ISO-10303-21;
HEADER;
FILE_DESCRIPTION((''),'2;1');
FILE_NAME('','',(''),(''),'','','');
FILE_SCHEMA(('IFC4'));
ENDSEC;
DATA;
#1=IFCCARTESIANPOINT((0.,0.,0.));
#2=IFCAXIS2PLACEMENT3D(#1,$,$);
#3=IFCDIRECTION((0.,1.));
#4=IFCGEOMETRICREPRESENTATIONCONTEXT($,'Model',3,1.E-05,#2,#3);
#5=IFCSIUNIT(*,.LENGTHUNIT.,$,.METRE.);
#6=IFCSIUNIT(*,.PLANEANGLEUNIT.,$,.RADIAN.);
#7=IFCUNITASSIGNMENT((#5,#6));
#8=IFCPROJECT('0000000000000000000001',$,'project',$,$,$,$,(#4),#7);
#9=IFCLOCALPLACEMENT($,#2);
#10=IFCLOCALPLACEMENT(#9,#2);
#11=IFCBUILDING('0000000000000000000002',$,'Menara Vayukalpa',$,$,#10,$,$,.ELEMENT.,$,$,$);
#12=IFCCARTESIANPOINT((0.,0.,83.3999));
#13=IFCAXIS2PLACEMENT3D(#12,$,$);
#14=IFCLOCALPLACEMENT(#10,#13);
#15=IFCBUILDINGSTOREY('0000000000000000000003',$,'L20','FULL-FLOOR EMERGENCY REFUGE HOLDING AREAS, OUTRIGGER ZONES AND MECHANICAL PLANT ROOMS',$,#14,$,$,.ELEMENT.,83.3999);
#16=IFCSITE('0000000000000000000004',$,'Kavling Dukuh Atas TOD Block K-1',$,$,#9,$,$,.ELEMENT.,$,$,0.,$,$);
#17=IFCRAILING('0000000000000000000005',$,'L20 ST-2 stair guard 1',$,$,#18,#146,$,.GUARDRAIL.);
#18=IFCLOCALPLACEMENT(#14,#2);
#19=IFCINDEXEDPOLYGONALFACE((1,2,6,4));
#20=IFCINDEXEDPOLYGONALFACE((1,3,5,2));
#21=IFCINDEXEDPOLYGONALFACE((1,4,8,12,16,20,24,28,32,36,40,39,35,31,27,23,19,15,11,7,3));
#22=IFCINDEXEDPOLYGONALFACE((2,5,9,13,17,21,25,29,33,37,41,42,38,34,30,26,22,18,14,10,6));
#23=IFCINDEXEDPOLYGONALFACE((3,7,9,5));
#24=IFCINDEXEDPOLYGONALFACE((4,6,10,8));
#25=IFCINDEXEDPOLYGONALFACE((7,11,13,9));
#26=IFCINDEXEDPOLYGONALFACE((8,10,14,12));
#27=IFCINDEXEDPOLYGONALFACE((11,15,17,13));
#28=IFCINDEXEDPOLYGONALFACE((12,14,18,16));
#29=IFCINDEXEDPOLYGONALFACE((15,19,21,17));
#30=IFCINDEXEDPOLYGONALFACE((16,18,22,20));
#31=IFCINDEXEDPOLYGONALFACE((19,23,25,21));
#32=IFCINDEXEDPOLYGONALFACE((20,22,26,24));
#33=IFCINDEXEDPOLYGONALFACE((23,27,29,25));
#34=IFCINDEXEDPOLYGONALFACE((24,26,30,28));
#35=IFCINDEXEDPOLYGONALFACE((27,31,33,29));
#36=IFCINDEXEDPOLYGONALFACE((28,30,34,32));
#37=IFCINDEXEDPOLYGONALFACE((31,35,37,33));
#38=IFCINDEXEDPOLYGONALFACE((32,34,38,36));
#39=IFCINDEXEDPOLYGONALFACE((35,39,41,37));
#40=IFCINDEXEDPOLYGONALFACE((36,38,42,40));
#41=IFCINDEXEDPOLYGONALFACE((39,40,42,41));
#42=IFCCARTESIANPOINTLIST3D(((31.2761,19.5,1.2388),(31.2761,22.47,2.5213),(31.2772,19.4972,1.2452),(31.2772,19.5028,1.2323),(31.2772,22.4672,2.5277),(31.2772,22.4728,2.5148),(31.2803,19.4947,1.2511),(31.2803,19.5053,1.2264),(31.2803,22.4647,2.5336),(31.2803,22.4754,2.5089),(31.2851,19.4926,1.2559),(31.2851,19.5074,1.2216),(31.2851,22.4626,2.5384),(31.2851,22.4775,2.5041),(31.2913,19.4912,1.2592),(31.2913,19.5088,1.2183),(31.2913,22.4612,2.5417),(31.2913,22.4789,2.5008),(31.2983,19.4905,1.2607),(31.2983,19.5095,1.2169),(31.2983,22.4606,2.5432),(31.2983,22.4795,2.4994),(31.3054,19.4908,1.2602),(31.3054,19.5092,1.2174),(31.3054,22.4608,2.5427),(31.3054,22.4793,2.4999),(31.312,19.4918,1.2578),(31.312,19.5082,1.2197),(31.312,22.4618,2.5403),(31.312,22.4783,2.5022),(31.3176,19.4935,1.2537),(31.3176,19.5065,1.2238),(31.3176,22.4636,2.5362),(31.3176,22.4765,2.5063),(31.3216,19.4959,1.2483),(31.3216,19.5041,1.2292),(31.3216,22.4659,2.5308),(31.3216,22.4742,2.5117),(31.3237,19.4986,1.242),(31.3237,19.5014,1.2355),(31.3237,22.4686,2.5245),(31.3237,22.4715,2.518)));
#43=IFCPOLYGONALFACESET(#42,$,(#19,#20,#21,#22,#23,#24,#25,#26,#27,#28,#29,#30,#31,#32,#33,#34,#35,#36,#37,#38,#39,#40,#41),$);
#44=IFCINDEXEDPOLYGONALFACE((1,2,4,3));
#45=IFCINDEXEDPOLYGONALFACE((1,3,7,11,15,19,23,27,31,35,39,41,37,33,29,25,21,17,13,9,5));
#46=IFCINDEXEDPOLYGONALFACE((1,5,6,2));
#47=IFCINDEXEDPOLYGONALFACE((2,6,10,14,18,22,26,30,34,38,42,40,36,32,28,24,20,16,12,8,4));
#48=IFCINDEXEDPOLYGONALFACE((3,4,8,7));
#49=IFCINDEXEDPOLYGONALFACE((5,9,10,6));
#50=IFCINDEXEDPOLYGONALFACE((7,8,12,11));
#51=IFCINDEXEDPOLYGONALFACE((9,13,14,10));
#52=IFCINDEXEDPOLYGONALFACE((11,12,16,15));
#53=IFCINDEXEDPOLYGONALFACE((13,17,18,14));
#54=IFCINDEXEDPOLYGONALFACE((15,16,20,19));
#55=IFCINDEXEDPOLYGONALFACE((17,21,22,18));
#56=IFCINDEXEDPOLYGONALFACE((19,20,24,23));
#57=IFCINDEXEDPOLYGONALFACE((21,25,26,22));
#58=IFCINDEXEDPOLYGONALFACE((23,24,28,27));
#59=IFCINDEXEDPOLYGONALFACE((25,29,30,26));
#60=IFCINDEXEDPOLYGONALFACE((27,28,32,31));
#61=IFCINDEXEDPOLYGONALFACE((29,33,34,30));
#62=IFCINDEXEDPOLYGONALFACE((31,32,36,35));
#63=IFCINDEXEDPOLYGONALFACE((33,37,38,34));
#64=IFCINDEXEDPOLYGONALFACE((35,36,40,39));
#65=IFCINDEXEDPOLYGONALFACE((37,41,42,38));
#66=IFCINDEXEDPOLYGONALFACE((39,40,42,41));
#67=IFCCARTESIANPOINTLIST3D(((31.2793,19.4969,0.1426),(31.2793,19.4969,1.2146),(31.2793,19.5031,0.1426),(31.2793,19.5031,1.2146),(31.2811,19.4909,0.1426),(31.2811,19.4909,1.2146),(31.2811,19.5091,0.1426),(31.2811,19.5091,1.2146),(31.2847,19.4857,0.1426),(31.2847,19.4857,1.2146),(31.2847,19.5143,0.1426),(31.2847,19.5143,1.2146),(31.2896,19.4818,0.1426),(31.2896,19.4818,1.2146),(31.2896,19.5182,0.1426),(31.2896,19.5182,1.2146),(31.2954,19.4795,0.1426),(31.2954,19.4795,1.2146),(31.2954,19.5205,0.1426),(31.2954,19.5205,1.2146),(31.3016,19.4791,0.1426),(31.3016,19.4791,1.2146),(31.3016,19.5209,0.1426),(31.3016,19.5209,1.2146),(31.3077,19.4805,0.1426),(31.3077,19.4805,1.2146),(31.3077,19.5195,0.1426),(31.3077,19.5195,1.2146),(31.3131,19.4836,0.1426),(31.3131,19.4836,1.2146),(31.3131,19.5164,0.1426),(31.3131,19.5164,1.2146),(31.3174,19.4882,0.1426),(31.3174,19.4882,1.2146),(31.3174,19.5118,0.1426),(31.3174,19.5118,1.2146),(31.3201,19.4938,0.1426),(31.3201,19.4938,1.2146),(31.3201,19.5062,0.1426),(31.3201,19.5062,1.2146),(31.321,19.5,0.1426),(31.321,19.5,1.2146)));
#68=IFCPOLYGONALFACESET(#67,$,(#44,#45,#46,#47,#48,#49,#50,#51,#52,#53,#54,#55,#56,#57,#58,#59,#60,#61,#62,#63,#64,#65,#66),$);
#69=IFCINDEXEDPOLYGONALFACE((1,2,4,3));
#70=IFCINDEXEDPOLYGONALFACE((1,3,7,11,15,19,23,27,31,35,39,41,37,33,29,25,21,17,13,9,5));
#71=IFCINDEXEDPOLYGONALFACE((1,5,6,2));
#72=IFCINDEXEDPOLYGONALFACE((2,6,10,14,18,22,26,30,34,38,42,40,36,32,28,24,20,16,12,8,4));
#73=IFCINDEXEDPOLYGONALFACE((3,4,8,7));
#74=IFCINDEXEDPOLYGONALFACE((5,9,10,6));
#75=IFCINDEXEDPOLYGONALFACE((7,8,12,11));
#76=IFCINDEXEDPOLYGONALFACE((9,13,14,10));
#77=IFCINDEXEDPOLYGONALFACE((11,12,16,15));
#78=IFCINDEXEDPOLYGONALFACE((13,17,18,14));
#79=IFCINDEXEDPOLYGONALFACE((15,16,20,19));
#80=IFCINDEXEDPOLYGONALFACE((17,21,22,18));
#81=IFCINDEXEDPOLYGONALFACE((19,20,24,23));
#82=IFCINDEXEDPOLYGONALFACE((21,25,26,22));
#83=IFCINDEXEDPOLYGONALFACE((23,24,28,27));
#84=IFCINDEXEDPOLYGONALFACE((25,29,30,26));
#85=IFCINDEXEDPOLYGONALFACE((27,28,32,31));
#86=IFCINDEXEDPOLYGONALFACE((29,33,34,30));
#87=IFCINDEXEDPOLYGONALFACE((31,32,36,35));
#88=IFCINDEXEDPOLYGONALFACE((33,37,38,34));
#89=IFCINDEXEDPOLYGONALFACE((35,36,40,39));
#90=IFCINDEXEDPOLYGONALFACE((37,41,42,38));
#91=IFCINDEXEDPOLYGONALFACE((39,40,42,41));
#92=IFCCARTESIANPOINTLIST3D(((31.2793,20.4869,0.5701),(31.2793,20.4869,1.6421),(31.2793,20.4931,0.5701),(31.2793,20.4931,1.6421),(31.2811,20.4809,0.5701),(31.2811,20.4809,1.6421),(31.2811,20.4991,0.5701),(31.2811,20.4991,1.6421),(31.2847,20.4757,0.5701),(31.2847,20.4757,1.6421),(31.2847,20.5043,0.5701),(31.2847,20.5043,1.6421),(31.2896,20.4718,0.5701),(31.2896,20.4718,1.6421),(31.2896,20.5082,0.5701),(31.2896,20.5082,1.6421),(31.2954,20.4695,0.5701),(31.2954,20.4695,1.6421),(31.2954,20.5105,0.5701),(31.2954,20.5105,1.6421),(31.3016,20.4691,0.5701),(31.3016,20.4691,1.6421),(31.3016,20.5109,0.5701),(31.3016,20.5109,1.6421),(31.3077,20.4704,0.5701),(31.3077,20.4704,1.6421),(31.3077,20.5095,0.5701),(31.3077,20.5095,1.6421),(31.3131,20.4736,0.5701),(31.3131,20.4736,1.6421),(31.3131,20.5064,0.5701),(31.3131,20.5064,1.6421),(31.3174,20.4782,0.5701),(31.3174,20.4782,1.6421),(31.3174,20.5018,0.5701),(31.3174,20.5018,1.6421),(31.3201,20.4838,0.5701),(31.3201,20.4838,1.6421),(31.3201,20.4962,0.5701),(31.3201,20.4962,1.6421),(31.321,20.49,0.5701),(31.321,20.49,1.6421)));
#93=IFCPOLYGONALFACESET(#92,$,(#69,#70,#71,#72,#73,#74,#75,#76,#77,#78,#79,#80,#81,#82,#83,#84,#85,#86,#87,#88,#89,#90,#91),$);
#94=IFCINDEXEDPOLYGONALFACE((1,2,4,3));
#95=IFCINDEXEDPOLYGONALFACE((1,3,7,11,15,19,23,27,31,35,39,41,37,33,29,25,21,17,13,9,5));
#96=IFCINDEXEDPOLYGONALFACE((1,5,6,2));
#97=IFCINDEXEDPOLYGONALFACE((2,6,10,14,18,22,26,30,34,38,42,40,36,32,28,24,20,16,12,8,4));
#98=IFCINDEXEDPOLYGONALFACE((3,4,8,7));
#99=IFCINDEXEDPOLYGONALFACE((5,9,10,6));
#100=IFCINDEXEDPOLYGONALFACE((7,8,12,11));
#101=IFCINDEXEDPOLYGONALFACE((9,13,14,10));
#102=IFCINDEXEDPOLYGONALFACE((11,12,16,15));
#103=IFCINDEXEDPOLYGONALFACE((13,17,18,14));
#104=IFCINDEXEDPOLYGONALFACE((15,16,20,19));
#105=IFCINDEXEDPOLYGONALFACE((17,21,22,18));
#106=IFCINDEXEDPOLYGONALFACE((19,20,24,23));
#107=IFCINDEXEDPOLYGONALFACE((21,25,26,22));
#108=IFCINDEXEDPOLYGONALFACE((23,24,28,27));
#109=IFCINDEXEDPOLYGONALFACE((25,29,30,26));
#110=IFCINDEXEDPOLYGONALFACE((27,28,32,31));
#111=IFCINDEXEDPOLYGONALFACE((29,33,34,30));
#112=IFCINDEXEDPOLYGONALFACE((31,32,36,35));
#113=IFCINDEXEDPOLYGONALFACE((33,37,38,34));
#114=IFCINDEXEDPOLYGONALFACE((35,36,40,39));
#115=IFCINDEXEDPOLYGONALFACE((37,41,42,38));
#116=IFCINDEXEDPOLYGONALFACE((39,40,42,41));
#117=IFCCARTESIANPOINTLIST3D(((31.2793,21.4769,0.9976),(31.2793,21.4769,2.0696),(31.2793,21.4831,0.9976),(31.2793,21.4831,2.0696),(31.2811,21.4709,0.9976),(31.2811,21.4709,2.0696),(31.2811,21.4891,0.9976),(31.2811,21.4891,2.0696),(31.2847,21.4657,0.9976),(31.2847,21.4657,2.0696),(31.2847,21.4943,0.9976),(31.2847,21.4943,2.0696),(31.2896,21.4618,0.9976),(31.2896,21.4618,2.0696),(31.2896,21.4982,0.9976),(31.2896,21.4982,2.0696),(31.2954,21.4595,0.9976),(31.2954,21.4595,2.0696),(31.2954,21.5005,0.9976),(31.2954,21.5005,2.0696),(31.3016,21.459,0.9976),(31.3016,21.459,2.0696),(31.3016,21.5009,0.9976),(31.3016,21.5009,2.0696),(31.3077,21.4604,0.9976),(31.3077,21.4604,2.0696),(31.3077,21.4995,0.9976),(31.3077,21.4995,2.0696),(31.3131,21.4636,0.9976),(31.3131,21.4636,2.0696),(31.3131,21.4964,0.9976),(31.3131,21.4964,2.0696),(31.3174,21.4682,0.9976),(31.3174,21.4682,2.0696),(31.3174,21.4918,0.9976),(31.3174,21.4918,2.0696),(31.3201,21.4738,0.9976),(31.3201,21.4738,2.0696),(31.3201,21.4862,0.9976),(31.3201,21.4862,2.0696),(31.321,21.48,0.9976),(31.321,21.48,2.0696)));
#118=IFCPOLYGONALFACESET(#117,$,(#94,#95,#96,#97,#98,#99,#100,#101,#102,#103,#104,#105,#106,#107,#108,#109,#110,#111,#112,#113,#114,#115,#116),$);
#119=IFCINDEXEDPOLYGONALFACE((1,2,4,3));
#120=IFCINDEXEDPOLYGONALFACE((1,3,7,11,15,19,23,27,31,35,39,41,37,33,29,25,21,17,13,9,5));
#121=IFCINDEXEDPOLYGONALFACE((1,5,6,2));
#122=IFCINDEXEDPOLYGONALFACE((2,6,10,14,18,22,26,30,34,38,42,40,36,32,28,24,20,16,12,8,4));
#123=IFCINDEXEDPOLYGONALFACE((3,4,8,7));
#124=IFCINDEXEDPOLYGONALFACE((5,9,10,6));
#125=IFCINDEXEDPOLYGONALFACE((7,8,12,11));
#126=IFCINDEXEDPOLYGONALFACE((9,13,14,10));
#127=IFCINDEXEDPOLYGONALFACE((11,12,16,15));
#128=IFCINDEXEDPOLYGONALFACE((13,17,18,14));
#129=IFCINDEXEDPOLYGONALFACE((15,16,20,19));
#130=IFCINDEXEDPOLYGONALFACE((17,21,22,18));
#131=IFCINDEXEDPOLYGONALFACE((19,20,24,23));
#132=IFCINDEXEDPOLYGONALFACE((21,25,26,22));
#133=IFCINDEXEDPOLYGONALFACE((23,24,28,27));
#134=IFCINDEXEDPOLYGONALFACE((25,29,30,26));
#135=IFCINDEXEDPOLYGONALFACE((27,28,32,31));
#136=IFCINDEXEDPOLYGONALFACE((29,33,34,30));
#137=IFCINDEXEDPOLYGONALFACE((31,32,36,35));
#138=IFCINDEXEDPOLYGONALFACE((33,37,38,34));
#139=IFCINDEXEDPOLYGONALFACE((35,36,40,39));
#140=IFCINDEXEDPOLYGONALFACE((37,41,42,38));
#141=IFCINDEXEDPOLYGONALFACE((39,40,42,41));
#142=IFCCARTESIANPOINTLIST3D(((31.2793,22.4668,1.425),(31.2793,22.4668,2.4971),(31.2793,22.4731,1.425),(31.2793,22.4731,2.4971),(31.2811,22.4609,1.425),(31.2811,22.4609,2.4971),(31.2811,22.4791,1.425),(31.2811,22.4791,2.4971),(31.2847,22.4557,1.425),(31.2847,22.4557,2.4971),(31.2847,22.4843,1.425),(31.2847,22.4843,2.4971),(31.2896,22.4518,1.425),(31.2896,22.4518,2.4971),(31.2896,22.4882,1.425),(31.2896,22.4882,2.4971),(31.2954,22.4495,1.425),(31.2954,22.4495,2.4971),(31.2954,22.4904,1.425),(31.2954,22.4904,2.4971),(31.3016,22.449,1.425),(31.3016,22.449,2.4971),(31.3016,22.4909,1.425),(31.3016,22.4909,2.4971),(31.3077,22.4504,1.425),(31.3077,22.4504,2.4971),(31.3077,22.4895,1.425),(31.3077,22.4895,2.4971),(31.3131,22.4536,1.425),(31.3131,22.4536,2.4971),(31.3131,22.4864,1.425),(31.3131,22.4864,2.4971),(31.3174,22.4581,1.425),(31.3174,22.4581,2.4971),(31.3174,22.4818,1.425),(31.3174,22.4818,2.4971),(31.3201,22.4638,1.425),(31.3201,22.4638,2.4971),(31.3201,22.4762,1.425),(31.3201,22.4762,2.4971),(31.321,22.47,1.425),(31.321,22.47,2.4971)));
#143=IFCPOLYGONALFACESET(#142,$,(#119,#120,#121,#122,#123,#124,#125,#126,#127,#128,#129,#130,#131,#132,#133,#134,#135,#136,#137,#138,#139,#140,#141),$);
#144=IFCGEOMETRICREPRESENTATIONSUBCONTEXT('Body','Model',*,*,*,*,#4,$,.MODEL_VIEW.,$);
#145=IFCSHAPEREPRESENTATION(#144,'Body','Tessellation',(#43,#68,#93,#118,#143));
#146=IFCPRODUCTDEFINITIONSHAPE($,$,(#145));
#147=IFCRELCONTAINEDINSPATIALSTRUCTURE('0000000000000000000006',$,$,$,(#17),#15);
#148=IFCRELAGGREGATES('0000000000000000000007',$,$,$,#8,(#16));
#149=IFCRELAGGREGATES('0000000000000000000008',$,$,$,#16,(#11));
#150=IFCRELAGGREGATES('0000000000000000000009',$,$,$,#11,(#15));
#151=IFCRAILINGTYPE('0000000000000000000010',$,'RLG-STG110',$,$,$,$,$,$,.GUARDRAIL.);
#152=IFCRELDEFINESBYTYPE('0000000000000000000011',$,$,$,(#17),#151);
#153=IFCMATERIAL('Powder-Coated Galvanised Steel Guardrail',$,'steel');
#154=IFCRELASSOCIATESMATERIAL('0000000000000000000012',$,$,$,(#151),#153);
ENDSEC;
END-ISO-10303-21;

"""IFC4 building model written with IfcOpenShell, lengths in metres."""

from ifc_helpers import new_model, si_unit, direction, frame, origin, origin_2d, place, context, subcontext, project, spatial, circle, extrude, material, type_object, element, save


model = new_model("IFC4")

# Units and contexts
model_context = context("Model", 3, precision=1e-05, world=origin(), true_north=direction((0.0, 1.0)))
body_context = subcontext(model_context, "Body", "Model", "MODEL_VIEW")
ifc_project = project(units=[si_unit("LENGTHUNIT", "METRE"), si_unit("PLANEANGLEUNIT", "RADIAN")], contexts=[model_context])

# Site, building, storey
site_placement = place(None, origin())
site = spatial("IfcSite", under=ifc_project, at=site_placement, Name="Kavling Dukuh Atas TOD Block K-1", CompositionType="ELEMENT", RefElevation=0.0)
building_placement = place(site_placement, origin())
building = spatial("IfcBuilding", under=site, at=building_placement, Name="Menara Vayukalpa", CompositionType="ELEMENT")
storey_placement = place(building_placement, frame((0.0, 0.0, 83.3999)))
storey = spatial("IfcBuildingStorey", under=building, at=storey_placement, Name="L20", Description="FULL-FLOOR EMERGENCY REFUGE HOLDING AREAS, OUTRIGGER ZONES AND MECHANICAL PLANT ROOMS", CompositionType="ELEMENT", Elevation=83.3999)

# Railing
ifc_material_1 = material(Name="Powder-Coated Galvanised Steel Guardrail", Category="steel")
railing_type = type_object("IfcRailingType", Name="RLG-STG110", PredefinedType="GUARDRAIL", material=ifc_material_1)
railing_1_placement = place(storey_placement, frame((31.3, 19.5, 0.1426)))
element("IfcRailing", 1, at=railing_1_placement, inside=storey, type_object=railing_type, Name="L20 ST-2 stair guard 1", PredefinedType="GUARDRAIL", context=body_context, shape_type="SweptSolid", body=[
    extrude(circle(Radius=0.0239, at=origin_2d()), frame((0.0, 0.0, 1.0962), z_axis=(0.0, 0.918064, 0.396432), x_axis=(-1.0, 0.0, 0.0)), (0.0, 0.0, 1.0), 3.2351),
    extrude(circle(Radius=0.021, at=origin_2d()), origin(), (0.0, 0.0, 1.0), 1.072),
    extrude(circle(Radius=0.021, at=origin_2d()), frame((0.0, 0.99, 0.4275)), (0.0, 0.0, 1.0), 1.072),
    extrude(circle(Radius=0.021, at=origin_2d()), frame((0.0, 1.98, 0.855)), (0.0, 0.0, 1.0), 1.072),
    extrude(circle(Radius=0.021, at=origin_2d()), frame((0.0, 2.97, 1.2825)), (0.0, 0.0, 1.0), 1.072),
])

save(model, "model.ifc")
